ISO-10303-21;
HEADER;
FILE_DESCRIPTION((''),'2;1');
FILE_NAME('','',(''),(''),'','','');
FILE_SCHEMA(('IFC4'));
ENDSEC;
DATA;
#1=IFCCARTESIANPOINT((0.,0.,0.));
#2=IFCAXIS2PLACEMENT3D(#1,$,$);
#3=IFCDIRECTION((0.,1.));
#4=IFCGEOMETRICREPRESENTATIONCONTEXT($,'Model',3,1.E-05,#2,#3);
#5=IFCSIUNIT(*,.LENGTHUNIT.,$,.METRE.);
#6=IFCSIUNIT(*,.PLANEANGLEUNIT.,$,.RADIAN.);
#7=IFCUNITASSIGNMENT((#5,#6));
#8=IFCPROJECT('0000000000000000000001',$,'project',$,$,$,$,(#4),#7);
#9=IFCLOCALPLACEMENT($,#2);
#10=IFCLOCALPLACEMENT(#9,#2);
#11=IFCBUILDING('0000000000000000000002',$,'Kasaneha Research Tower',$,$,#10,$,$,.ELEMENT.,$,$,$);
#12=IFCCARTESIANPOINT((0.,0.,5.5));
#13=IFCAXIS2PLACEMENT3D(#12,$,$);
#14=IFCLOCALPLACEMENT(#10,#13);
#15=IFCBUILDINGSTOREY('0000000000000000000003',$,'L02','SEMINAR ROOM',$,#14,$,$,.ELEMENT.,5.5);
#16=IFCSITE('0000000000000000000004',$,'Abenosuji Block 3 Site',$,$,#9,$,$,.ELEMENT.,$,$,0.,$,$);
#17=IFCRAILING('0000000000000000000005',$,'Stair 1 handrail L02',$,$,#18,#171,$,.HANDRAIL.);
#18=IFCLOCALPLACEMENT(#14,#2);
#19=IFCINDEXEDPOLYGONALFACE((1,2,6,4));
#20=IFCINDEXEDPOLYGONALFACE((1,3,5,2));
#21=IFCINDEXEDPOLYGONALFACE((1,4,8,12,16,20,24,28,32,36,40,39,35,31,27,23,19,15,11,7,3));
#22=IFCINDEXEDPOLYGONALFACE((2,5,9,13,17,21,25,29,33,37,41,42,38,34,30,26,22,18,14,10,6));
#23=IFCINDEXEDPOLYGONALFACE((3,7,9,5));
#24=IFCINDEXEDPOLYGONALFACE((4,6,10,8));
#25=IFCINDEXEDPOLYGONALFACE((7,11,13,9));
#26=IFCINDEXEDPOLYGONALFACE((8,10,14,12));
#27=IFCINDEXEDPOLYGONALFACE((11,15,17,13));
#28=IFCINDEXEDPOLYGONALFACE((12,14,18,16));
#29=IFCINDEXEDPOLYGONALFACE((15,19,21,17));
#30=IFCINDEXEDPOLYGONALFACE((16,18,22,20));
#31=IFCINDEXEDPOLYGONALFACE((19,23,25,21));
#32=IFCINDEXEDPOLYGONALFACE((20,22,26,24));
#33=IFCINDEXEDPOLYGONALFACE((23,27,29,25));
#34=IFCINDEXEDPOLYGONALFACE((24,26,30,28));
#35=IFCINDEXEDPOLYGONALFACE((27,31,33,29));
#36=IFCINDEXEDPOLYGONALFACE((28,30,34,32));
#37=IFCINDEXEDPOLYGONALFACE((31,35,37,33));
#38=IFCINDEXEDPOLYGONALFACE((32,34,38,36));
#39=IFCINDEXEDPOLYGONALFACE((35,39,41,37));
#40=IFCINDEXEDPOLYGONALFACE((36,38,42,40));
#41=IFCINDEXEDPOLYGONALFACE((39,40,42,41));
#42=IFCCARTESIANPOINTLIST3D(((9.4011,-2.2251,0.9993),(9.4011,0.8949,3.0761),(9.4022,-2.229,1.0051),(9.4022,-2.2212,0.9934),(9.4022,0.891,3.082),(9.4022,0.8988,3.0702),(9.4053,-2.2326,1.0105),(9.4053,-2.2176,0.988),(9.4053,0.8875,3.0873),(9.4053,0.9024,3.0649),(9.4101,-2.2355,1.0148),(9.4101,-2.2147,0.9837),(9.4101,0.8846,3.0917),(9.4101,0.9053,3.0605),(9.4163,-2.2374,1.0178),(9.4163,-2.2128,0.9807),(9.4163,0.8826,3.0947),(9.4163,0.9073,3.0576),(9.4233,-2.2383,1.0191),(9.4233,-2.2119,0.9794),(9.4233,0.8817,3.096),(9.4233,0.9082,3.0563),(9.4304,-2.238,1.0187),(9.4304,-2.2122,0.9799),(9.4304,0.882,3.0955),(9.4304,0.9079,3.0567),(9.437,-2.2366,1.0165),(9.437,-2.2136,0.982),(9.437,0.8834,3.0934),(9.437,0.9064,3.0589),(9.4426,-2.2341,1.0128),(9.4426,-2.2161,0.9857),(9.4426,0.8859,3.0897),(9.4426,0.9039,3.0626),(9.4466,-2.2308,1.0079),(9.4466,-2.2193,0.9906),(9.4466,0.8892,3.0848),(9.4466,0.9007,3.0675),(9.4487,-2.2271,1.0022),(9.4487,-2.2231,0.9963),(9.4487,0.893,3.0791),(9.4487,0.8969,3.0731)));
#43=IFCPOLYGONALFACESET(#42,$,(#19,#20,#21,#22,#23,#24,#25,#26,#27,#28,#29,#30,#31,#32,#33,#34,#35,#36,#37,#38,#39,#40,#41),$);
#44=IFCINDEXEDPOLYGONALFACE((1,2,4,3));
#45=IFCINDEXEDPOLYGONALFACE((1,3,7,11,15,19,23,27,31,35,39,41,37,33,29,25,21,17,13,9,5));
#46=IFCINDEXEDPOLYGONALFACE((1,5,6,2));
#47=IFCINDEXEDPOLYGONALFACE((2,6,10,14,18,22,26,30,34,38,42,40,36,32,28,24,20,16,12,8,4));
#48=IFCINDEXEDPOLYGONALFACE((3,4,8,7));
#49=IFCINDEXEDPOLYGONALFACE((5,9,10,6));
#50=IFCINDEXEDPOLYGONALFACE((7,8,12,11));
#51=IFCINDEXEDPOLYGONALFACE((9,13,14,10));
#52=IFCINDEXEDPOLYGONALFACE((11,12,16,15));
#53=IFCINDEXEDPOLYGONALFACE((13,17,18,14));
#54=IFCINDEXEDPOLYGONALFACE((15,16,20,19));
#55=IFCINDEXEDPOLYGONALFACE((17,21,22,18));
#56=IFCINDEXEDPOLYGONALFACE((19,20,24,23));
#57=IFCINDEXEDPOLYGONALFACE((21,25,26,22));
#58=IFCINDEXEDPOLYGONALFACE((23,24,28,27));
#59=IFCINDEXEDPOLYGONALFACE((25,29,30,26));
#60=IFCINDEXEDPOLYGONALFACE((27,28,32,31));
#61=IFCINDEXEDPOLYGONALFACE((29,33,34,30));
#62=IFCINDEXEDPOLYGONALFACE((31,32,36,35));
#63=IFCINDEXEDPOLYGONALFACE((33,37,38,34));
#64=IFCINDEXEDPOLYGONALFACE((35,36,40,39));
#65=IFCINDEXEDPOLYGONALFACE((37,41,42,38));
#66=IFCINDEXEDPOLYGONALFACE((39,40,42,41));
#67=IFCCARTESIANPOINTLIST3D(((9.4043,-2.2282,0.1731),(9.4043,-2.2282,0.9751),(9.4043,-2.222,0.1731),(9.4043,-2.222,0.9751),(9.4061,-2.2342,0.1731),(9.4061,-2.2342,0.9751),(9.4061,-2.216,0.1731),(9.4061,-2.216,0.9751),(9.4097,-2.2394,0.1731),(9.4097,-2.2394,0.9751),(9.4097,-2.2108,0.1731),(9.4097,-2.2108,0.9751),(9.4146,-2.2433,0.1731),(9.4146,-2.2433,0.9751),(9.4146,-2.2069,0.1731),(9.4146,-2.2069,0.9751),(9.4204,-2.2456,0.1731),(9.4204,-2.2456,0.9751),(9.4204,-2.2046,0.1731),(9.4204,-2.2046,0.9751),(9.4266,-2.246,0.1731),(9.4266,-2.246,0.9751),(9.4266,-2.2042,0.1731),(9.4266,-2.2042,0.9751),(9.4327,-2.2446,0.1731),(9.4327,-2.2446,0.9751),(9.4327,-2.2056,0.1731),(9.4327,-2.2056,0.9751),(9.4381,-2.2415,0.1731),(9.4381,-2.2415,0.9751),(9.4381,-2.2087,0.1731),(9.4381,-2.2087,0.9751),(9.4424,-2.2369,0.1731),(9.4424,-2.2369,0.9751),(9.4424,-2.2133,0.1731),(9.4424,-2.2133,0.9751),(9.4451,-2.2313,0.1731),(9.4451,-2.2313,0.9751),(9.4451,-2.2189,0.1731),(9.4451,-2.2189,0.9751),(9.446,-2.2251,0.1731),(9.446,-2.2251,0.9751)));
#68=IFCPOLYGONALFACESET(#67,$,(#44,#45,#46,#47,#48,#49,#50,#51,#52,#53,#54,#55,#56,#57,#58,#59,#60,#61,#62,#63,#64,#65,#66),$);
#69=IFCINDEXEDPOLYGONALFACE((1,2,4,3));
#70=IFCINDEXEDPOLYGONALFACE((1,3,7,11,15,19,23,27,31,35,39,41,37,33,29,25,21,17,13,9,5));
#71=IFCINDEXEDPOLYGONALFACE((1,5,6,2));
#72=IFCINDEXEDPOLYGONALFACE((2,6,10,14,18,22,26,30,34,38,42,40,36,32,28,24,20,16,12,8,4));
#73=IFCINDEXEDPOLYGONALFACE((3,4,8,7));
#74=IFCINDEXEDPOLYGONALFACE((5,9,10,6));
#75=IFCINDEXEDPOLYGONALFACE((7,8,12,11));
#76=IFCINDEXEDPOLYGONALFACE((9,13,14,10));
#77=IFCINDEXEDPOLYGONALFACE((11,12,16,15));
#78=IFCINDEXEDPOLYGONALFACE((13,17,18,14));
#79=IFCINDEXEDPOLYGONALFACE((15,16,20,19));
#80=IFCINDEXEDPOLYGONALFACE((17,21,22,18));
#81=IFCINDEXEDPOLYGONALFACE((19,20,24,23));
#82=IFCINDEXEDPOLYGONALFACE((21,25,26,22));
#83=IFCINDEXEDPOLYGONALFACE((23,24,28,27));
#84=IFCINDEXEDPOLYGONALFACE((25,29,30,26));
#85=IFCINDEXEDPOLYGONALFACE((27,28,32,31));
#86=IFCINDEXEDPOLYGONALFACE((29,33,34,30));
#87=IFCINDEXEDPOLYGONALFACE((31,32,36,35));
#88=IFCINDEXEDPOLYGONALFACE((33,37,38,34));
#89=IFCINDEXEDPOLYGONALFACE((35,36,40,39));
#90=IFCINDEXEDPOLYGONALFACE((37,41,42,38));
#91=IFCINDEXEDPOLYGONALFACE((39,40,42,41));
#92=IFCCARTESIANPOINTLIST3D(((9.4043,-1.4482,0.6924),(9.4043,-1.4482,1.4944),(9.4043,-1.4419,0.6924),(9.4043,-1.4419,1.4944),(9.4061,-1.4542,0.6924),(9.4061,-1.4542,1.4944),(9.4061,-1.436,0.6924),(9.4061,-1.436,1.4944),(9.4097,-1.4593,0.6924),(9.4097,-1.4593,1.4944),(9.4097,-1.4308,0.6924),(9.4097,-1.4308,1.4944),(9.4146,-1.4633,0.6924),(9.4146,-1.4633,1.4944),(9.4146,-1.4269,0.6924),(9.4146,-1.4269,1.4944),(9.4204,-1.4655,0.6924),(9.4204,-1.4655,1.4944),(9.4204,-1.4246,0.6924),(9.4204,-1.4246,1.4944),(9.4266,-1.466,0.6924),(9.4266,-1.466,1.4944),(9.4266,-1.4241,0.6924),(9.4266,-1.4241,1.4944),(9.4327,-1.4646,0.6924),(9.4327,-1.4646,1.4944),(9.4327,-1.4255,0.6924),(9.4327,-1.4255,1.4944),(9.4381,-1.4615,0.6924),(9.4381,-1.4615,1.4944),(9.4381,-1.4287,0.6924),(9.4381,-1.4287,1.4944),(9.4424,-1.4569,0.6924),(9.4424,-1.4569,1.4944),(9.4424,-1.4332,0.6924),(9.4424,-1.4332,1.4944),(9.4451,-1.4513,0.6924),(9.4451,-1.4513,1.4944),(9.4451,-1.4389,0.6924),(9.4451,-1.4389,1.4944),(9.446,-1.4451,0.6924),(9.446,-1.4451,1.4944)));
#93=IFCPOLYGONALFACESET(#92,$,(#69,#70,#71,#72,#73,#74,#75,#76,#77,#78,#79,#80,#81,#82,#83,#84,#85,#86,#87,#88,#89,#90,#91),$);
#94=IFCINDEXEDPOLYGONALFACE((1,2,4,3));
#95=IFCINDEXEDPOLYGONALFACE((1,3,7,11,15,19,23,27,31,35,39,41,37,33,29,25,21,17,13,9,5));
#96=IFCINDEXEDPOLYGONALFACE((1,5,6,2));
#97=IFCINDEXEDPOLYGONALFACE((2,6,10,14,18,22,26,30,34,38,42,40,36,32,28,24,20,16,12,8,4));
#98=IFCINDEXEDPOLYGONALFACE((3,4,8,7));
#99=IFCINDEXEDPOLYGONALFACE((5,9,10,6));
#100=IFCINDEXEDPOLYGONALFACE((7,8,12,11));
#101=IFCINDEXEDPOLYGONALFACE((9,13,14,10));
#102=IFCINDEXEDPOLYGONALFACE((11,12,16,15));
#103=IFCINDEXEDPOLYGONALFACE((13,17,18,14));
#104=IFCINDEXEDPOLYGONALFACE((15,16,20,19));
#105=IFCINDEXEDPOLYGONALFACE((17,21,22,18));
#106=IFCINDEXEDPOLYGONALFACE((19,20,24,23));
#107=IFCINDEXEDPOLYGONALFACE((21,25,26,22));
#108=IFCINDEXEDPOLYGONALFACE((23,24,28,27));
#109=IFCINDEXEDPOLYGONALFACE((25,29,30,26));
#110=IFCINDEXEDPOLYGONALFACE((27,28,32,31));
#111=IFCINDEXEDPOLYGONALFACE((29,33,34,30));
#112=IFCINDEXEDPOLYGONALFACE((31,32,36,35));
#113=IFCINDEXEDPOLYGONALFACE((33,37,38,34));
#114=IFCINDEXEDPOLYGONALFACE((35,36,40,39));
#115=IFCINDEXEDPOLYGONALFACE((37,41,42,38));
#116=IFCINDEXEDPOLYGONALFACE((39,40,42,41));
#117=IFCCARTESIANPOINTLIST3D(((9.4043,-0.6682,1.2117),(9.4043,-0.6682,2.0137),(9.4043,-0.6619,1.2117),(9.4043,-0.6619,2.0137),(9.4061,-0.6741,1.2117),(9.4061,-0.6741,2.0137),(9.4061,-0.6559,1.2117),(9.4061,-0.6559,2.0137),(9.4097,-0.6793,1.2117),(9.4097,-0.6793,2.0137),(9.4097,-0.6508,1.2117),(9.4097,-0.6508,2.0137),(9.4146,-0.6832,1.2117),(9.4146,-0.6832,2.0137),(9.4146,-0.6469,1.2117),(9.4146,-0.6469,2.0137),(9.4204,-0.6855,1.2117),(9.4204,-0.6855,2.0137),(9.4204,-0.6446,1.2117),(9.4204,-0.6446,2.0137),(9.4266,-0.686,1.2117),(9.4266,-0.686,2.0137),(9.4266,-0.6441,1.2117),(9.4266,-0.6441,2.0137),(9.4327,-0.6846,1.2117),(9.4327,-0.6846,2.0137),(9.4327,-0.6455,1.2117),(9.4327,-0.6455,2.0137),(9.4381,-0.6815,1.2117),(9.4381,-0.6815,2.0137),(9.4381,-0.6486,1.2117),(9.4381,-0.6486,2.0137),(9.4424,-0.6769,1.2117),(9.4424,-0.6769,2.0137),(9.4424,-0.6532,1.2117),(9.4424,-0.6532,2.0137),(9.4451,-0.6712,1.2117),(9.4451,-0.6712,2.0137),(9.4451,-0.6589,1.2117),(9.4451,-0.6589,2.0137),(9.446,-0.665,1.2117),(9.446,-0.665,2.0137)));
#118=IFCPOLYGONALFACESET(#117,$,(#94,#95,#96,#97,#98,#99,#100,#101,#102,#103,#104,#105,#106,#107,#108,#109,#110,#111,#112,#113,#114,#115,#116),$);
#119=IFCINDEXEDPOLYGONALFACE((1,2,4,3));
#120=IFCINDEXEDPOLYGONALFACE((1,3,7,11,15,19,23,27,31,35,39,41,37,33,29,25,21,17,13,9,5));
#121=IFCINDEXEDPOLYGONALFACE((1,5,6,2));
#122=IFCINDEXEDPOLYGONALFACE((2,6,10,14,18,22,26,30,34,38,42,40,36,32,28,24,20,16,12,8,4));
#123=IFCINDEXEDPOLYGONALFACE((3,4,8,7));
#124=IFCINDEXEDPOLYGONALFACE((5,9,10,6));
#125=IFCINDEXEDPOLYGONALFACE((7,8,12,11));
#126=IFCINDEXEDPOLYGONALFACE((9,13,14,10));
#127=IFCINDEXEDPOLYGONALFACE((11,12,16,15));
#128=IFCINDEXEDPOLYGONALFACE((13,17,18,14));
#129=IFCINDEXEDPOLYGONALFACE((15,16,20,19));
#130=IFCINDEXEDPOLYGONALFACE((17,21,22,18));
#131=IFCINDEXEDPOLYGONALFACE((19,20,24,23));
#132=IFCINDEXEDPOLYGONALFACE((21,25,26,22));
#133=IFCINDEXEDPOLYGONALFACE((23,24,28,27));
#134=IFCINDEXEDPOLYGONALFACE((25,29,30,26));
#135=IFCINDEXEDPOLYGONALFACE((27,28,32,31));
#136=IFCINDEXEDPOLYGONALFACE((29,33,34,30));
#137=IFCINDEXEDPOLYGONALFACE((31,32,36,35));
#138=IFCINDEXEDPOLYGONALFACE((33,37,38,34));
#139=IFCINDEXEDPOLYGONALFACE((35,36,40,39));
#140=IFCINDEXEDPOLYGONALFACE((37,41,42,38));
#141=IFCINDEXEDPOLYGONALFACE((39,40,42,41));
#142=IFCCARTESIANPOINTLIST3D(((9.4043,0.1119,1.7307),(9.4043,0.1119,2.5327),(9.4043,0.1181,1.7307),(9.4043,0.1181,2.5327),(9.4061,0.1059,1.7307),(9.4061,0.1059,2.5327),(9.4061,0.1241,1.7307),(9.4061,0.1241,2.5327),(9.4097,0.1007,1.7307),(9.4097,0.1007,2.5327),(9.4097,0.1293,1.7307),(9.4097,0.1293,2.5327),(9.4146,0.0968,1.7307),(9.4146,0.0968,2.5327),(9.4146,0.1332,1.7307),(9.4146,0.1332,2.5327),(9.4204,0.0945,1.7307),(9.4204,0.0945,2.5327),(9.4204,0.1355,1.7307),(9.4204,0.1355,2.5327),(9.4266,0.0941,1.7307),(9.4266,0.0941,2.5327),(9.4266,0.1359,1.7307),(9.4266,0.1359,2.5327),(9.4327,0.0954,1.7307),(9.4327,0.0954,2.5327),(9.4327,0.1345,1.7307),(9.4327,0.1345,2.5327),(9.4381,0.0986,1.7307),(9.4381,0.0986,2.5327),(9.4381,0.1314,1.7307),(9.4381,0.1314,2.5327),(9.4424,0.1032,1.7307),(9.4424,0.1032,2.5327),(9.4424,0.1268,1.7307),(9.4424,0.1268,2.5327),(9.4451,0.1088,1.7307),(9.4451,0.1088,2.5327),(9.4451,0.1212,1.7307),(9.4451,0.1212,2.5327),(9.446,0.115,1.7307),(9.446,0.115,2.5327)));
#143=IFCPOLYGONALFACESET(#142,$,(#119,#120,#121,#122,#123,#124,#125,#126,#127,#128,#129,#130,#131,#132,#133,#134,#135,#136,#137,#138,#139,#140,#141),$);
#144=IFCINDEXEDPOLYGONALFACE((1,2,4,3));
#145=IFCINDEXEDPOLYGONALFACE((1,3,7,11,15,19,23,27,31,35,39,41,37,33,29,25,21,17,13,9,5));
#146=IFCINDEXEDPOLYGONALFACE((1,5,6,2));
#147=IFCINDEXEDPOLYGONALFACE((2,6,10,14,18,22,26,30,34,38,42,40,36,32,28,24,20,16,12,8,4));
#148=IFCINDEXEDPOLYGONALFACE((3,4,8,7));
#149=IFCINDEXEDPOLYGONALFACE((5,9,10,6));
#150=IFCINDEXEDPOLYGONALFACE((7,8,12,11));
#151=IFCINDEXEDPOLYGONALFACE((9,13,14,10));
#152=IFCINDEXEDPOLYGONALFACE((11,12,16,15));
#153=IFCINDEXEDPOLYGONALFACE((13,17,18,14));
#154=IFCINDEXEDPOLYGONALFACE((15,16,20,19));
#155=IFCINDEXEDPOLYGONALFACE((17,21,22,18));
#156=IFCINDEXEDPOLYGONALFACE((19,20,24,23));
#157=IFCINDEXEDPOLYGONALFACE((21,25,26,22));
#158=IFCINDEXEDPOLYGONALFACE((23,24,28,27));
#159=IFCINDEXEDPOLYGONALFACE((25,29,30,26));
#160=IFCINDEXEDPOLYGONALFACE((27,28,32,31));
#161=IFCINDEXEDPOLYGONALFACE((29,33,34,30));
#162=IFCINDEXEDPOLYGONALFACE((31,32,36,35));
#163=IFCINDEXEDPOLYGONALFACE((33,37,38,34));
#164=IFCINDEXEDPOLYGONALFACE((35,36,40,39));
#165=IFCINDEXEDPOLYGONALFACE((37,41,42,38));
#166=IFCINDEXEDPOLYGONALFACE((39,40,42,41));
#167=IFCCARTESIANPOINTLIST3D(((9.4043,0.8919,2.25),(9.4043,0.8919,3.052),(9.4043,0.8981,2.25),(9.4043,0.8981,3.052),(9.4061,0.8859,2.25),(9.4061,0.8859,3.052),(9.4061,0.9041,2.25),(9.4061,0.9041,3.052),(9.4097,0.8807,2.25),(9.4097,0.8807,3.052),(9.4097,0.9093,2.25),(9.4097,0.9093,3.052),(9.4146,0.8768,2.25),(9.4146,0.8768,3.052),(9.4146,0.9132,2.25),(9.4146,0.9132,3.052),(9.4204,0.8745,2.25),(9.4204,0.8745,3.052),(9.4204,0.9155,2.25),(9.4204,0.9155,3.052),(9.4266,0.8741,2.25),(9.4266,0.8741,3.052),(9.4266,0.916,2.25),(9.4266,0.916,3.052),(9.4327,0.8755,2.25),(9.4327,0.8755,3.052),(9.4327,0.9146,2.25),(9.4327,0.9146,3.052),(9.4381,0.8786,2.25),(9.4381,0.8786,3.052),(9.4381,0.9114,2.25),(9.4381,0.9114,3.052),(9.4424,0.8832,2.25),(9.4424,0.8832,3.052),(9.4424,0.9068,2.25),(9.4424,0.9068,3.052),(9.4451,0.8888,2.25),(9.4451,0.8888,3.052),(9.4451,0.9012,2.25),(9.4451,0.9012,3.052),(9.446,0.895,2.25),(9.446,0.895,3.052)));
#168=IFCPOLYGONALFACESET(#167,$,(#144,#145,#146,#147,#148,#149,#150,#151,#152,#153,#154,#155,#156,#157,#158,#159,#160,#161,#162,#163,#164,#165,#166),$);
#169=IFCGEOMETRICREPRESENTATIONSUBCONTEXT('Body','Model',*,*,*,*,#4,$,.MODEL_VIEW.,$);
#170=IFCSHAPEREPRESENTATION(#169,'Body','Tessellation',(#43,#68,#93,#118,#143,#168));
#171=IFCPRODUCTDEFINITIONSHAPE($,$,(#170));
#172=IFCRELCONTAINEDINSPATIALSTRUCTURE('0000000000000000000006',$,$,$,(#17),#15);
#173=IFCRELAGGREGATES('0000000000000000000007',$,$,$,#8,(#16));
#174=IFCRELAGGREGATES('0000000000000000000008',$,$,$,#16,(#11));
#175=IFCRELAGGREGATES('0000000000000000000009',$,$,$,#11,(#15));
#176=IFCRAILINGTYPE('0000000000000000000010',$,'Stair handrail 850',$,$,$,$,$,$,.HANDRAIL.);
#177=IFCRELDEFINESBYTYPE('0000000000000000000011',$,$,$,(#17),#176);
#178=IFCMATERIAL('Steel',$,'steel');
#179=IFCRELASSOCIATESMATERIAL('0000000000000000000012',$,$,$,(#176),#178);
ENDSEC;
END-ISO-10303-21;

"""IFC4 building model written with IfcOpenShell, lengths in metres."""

from ifc_helpers import new_model, si_unit, direction, frame, origin, origin_2d, place, context, subcontext, project, spatial, circle, extrude, material, type_object, element, save


model = new_model("IFC4")

# Units and contexts
model_context = context("Model", 3, precision=1e-05, world=origin(), true_north=direction((0.0, 1.0)))
body_context = subcontext(model_context, "Body", "Model", "MODEL_VIEW")
ifc_project = project(units=[si_unit("LENGTHUNIT", "METRE"), si_unit("PLANEANGLEUNIT", "RADIAN")], contexts=[model_context])

# Site, building, storey
site_placement = place(None, origin())
site = spatial("IfcSite", under=ifc_project, at=site_placement, Name="Abenosuji Block 3 Site", CompositionType="ELEMENT", RefElevation=0.0)
building_placement = place(site_placement, origin())
building = spatial("IfcBuilding", under=site, at=building_placement, Name="Kasaneha Research Tower", CompositionType="ELEMENT")
storey_placement = place(building_placement, frame((0.0, 0.0, 5.5)))
storey = spatial("IfcBuildingStorey", under=building, at=storey_placement, Name="L02", Description="SEMINAR ROOM", CompositionType="ELEMENT", Elevation=5.5)

# Railing
ifc_material_1 = material(Name="Steel", Category="steel")
railing_type = type_object("IfcRailingType", Name="Stair handrail 850", PredefinedType="HANDRAIL", material=ifc_material_1)
railing_placement = place(storey_placement, frame((9.425, -2.2251, 0.1731)))
element("IfcRailing", 1, at=railing_placement, inside=storey, type_object=railing_type, Name="Stair 1 handrail L02", PredefinedType="HANDRAIL", context=body_context, shape_type="SweptSolid", body=[
    extrude(circle(Radius=0.0239, at=origin_2d()), frame((0.0, 0.0, 0.8262), z_axis=(0.0, 0.832441, 0.554114), x_axis=(-1.0, 0.0, 0.0)), (0.0, 0.0, 1.0), 3.748),
    extrude(circle(Radius=0.021, at=origin_2d()), origin(), (0.0, 0.0, 1.0), 0.802),
    extrude(circle(Radius=0.021, at=origin_2d()), frame((0.0, 0.78, 0.5193)), (0.0, 0.0, 1.0), 0.802),
    extrude(circle(Radius=0.021, at=origin_2d()), frame((0.0, 1.5601, 1.0386)), (0.0, 0.0, 1.0), 0.802),
    extrude(circle(Radius=0.021, at=origin_2d()), frame((0.0, 2.3401, 1.5576)), (0.0, 0.0, 1.0), 0.802),
    extrude(circle(Radius=0.021, at=origin_2d()), frame((0.0, 3.1201, 2.0769)), (0.0, 0.0, 1.0), 0.802),
])

save(model, "model.ifc")
